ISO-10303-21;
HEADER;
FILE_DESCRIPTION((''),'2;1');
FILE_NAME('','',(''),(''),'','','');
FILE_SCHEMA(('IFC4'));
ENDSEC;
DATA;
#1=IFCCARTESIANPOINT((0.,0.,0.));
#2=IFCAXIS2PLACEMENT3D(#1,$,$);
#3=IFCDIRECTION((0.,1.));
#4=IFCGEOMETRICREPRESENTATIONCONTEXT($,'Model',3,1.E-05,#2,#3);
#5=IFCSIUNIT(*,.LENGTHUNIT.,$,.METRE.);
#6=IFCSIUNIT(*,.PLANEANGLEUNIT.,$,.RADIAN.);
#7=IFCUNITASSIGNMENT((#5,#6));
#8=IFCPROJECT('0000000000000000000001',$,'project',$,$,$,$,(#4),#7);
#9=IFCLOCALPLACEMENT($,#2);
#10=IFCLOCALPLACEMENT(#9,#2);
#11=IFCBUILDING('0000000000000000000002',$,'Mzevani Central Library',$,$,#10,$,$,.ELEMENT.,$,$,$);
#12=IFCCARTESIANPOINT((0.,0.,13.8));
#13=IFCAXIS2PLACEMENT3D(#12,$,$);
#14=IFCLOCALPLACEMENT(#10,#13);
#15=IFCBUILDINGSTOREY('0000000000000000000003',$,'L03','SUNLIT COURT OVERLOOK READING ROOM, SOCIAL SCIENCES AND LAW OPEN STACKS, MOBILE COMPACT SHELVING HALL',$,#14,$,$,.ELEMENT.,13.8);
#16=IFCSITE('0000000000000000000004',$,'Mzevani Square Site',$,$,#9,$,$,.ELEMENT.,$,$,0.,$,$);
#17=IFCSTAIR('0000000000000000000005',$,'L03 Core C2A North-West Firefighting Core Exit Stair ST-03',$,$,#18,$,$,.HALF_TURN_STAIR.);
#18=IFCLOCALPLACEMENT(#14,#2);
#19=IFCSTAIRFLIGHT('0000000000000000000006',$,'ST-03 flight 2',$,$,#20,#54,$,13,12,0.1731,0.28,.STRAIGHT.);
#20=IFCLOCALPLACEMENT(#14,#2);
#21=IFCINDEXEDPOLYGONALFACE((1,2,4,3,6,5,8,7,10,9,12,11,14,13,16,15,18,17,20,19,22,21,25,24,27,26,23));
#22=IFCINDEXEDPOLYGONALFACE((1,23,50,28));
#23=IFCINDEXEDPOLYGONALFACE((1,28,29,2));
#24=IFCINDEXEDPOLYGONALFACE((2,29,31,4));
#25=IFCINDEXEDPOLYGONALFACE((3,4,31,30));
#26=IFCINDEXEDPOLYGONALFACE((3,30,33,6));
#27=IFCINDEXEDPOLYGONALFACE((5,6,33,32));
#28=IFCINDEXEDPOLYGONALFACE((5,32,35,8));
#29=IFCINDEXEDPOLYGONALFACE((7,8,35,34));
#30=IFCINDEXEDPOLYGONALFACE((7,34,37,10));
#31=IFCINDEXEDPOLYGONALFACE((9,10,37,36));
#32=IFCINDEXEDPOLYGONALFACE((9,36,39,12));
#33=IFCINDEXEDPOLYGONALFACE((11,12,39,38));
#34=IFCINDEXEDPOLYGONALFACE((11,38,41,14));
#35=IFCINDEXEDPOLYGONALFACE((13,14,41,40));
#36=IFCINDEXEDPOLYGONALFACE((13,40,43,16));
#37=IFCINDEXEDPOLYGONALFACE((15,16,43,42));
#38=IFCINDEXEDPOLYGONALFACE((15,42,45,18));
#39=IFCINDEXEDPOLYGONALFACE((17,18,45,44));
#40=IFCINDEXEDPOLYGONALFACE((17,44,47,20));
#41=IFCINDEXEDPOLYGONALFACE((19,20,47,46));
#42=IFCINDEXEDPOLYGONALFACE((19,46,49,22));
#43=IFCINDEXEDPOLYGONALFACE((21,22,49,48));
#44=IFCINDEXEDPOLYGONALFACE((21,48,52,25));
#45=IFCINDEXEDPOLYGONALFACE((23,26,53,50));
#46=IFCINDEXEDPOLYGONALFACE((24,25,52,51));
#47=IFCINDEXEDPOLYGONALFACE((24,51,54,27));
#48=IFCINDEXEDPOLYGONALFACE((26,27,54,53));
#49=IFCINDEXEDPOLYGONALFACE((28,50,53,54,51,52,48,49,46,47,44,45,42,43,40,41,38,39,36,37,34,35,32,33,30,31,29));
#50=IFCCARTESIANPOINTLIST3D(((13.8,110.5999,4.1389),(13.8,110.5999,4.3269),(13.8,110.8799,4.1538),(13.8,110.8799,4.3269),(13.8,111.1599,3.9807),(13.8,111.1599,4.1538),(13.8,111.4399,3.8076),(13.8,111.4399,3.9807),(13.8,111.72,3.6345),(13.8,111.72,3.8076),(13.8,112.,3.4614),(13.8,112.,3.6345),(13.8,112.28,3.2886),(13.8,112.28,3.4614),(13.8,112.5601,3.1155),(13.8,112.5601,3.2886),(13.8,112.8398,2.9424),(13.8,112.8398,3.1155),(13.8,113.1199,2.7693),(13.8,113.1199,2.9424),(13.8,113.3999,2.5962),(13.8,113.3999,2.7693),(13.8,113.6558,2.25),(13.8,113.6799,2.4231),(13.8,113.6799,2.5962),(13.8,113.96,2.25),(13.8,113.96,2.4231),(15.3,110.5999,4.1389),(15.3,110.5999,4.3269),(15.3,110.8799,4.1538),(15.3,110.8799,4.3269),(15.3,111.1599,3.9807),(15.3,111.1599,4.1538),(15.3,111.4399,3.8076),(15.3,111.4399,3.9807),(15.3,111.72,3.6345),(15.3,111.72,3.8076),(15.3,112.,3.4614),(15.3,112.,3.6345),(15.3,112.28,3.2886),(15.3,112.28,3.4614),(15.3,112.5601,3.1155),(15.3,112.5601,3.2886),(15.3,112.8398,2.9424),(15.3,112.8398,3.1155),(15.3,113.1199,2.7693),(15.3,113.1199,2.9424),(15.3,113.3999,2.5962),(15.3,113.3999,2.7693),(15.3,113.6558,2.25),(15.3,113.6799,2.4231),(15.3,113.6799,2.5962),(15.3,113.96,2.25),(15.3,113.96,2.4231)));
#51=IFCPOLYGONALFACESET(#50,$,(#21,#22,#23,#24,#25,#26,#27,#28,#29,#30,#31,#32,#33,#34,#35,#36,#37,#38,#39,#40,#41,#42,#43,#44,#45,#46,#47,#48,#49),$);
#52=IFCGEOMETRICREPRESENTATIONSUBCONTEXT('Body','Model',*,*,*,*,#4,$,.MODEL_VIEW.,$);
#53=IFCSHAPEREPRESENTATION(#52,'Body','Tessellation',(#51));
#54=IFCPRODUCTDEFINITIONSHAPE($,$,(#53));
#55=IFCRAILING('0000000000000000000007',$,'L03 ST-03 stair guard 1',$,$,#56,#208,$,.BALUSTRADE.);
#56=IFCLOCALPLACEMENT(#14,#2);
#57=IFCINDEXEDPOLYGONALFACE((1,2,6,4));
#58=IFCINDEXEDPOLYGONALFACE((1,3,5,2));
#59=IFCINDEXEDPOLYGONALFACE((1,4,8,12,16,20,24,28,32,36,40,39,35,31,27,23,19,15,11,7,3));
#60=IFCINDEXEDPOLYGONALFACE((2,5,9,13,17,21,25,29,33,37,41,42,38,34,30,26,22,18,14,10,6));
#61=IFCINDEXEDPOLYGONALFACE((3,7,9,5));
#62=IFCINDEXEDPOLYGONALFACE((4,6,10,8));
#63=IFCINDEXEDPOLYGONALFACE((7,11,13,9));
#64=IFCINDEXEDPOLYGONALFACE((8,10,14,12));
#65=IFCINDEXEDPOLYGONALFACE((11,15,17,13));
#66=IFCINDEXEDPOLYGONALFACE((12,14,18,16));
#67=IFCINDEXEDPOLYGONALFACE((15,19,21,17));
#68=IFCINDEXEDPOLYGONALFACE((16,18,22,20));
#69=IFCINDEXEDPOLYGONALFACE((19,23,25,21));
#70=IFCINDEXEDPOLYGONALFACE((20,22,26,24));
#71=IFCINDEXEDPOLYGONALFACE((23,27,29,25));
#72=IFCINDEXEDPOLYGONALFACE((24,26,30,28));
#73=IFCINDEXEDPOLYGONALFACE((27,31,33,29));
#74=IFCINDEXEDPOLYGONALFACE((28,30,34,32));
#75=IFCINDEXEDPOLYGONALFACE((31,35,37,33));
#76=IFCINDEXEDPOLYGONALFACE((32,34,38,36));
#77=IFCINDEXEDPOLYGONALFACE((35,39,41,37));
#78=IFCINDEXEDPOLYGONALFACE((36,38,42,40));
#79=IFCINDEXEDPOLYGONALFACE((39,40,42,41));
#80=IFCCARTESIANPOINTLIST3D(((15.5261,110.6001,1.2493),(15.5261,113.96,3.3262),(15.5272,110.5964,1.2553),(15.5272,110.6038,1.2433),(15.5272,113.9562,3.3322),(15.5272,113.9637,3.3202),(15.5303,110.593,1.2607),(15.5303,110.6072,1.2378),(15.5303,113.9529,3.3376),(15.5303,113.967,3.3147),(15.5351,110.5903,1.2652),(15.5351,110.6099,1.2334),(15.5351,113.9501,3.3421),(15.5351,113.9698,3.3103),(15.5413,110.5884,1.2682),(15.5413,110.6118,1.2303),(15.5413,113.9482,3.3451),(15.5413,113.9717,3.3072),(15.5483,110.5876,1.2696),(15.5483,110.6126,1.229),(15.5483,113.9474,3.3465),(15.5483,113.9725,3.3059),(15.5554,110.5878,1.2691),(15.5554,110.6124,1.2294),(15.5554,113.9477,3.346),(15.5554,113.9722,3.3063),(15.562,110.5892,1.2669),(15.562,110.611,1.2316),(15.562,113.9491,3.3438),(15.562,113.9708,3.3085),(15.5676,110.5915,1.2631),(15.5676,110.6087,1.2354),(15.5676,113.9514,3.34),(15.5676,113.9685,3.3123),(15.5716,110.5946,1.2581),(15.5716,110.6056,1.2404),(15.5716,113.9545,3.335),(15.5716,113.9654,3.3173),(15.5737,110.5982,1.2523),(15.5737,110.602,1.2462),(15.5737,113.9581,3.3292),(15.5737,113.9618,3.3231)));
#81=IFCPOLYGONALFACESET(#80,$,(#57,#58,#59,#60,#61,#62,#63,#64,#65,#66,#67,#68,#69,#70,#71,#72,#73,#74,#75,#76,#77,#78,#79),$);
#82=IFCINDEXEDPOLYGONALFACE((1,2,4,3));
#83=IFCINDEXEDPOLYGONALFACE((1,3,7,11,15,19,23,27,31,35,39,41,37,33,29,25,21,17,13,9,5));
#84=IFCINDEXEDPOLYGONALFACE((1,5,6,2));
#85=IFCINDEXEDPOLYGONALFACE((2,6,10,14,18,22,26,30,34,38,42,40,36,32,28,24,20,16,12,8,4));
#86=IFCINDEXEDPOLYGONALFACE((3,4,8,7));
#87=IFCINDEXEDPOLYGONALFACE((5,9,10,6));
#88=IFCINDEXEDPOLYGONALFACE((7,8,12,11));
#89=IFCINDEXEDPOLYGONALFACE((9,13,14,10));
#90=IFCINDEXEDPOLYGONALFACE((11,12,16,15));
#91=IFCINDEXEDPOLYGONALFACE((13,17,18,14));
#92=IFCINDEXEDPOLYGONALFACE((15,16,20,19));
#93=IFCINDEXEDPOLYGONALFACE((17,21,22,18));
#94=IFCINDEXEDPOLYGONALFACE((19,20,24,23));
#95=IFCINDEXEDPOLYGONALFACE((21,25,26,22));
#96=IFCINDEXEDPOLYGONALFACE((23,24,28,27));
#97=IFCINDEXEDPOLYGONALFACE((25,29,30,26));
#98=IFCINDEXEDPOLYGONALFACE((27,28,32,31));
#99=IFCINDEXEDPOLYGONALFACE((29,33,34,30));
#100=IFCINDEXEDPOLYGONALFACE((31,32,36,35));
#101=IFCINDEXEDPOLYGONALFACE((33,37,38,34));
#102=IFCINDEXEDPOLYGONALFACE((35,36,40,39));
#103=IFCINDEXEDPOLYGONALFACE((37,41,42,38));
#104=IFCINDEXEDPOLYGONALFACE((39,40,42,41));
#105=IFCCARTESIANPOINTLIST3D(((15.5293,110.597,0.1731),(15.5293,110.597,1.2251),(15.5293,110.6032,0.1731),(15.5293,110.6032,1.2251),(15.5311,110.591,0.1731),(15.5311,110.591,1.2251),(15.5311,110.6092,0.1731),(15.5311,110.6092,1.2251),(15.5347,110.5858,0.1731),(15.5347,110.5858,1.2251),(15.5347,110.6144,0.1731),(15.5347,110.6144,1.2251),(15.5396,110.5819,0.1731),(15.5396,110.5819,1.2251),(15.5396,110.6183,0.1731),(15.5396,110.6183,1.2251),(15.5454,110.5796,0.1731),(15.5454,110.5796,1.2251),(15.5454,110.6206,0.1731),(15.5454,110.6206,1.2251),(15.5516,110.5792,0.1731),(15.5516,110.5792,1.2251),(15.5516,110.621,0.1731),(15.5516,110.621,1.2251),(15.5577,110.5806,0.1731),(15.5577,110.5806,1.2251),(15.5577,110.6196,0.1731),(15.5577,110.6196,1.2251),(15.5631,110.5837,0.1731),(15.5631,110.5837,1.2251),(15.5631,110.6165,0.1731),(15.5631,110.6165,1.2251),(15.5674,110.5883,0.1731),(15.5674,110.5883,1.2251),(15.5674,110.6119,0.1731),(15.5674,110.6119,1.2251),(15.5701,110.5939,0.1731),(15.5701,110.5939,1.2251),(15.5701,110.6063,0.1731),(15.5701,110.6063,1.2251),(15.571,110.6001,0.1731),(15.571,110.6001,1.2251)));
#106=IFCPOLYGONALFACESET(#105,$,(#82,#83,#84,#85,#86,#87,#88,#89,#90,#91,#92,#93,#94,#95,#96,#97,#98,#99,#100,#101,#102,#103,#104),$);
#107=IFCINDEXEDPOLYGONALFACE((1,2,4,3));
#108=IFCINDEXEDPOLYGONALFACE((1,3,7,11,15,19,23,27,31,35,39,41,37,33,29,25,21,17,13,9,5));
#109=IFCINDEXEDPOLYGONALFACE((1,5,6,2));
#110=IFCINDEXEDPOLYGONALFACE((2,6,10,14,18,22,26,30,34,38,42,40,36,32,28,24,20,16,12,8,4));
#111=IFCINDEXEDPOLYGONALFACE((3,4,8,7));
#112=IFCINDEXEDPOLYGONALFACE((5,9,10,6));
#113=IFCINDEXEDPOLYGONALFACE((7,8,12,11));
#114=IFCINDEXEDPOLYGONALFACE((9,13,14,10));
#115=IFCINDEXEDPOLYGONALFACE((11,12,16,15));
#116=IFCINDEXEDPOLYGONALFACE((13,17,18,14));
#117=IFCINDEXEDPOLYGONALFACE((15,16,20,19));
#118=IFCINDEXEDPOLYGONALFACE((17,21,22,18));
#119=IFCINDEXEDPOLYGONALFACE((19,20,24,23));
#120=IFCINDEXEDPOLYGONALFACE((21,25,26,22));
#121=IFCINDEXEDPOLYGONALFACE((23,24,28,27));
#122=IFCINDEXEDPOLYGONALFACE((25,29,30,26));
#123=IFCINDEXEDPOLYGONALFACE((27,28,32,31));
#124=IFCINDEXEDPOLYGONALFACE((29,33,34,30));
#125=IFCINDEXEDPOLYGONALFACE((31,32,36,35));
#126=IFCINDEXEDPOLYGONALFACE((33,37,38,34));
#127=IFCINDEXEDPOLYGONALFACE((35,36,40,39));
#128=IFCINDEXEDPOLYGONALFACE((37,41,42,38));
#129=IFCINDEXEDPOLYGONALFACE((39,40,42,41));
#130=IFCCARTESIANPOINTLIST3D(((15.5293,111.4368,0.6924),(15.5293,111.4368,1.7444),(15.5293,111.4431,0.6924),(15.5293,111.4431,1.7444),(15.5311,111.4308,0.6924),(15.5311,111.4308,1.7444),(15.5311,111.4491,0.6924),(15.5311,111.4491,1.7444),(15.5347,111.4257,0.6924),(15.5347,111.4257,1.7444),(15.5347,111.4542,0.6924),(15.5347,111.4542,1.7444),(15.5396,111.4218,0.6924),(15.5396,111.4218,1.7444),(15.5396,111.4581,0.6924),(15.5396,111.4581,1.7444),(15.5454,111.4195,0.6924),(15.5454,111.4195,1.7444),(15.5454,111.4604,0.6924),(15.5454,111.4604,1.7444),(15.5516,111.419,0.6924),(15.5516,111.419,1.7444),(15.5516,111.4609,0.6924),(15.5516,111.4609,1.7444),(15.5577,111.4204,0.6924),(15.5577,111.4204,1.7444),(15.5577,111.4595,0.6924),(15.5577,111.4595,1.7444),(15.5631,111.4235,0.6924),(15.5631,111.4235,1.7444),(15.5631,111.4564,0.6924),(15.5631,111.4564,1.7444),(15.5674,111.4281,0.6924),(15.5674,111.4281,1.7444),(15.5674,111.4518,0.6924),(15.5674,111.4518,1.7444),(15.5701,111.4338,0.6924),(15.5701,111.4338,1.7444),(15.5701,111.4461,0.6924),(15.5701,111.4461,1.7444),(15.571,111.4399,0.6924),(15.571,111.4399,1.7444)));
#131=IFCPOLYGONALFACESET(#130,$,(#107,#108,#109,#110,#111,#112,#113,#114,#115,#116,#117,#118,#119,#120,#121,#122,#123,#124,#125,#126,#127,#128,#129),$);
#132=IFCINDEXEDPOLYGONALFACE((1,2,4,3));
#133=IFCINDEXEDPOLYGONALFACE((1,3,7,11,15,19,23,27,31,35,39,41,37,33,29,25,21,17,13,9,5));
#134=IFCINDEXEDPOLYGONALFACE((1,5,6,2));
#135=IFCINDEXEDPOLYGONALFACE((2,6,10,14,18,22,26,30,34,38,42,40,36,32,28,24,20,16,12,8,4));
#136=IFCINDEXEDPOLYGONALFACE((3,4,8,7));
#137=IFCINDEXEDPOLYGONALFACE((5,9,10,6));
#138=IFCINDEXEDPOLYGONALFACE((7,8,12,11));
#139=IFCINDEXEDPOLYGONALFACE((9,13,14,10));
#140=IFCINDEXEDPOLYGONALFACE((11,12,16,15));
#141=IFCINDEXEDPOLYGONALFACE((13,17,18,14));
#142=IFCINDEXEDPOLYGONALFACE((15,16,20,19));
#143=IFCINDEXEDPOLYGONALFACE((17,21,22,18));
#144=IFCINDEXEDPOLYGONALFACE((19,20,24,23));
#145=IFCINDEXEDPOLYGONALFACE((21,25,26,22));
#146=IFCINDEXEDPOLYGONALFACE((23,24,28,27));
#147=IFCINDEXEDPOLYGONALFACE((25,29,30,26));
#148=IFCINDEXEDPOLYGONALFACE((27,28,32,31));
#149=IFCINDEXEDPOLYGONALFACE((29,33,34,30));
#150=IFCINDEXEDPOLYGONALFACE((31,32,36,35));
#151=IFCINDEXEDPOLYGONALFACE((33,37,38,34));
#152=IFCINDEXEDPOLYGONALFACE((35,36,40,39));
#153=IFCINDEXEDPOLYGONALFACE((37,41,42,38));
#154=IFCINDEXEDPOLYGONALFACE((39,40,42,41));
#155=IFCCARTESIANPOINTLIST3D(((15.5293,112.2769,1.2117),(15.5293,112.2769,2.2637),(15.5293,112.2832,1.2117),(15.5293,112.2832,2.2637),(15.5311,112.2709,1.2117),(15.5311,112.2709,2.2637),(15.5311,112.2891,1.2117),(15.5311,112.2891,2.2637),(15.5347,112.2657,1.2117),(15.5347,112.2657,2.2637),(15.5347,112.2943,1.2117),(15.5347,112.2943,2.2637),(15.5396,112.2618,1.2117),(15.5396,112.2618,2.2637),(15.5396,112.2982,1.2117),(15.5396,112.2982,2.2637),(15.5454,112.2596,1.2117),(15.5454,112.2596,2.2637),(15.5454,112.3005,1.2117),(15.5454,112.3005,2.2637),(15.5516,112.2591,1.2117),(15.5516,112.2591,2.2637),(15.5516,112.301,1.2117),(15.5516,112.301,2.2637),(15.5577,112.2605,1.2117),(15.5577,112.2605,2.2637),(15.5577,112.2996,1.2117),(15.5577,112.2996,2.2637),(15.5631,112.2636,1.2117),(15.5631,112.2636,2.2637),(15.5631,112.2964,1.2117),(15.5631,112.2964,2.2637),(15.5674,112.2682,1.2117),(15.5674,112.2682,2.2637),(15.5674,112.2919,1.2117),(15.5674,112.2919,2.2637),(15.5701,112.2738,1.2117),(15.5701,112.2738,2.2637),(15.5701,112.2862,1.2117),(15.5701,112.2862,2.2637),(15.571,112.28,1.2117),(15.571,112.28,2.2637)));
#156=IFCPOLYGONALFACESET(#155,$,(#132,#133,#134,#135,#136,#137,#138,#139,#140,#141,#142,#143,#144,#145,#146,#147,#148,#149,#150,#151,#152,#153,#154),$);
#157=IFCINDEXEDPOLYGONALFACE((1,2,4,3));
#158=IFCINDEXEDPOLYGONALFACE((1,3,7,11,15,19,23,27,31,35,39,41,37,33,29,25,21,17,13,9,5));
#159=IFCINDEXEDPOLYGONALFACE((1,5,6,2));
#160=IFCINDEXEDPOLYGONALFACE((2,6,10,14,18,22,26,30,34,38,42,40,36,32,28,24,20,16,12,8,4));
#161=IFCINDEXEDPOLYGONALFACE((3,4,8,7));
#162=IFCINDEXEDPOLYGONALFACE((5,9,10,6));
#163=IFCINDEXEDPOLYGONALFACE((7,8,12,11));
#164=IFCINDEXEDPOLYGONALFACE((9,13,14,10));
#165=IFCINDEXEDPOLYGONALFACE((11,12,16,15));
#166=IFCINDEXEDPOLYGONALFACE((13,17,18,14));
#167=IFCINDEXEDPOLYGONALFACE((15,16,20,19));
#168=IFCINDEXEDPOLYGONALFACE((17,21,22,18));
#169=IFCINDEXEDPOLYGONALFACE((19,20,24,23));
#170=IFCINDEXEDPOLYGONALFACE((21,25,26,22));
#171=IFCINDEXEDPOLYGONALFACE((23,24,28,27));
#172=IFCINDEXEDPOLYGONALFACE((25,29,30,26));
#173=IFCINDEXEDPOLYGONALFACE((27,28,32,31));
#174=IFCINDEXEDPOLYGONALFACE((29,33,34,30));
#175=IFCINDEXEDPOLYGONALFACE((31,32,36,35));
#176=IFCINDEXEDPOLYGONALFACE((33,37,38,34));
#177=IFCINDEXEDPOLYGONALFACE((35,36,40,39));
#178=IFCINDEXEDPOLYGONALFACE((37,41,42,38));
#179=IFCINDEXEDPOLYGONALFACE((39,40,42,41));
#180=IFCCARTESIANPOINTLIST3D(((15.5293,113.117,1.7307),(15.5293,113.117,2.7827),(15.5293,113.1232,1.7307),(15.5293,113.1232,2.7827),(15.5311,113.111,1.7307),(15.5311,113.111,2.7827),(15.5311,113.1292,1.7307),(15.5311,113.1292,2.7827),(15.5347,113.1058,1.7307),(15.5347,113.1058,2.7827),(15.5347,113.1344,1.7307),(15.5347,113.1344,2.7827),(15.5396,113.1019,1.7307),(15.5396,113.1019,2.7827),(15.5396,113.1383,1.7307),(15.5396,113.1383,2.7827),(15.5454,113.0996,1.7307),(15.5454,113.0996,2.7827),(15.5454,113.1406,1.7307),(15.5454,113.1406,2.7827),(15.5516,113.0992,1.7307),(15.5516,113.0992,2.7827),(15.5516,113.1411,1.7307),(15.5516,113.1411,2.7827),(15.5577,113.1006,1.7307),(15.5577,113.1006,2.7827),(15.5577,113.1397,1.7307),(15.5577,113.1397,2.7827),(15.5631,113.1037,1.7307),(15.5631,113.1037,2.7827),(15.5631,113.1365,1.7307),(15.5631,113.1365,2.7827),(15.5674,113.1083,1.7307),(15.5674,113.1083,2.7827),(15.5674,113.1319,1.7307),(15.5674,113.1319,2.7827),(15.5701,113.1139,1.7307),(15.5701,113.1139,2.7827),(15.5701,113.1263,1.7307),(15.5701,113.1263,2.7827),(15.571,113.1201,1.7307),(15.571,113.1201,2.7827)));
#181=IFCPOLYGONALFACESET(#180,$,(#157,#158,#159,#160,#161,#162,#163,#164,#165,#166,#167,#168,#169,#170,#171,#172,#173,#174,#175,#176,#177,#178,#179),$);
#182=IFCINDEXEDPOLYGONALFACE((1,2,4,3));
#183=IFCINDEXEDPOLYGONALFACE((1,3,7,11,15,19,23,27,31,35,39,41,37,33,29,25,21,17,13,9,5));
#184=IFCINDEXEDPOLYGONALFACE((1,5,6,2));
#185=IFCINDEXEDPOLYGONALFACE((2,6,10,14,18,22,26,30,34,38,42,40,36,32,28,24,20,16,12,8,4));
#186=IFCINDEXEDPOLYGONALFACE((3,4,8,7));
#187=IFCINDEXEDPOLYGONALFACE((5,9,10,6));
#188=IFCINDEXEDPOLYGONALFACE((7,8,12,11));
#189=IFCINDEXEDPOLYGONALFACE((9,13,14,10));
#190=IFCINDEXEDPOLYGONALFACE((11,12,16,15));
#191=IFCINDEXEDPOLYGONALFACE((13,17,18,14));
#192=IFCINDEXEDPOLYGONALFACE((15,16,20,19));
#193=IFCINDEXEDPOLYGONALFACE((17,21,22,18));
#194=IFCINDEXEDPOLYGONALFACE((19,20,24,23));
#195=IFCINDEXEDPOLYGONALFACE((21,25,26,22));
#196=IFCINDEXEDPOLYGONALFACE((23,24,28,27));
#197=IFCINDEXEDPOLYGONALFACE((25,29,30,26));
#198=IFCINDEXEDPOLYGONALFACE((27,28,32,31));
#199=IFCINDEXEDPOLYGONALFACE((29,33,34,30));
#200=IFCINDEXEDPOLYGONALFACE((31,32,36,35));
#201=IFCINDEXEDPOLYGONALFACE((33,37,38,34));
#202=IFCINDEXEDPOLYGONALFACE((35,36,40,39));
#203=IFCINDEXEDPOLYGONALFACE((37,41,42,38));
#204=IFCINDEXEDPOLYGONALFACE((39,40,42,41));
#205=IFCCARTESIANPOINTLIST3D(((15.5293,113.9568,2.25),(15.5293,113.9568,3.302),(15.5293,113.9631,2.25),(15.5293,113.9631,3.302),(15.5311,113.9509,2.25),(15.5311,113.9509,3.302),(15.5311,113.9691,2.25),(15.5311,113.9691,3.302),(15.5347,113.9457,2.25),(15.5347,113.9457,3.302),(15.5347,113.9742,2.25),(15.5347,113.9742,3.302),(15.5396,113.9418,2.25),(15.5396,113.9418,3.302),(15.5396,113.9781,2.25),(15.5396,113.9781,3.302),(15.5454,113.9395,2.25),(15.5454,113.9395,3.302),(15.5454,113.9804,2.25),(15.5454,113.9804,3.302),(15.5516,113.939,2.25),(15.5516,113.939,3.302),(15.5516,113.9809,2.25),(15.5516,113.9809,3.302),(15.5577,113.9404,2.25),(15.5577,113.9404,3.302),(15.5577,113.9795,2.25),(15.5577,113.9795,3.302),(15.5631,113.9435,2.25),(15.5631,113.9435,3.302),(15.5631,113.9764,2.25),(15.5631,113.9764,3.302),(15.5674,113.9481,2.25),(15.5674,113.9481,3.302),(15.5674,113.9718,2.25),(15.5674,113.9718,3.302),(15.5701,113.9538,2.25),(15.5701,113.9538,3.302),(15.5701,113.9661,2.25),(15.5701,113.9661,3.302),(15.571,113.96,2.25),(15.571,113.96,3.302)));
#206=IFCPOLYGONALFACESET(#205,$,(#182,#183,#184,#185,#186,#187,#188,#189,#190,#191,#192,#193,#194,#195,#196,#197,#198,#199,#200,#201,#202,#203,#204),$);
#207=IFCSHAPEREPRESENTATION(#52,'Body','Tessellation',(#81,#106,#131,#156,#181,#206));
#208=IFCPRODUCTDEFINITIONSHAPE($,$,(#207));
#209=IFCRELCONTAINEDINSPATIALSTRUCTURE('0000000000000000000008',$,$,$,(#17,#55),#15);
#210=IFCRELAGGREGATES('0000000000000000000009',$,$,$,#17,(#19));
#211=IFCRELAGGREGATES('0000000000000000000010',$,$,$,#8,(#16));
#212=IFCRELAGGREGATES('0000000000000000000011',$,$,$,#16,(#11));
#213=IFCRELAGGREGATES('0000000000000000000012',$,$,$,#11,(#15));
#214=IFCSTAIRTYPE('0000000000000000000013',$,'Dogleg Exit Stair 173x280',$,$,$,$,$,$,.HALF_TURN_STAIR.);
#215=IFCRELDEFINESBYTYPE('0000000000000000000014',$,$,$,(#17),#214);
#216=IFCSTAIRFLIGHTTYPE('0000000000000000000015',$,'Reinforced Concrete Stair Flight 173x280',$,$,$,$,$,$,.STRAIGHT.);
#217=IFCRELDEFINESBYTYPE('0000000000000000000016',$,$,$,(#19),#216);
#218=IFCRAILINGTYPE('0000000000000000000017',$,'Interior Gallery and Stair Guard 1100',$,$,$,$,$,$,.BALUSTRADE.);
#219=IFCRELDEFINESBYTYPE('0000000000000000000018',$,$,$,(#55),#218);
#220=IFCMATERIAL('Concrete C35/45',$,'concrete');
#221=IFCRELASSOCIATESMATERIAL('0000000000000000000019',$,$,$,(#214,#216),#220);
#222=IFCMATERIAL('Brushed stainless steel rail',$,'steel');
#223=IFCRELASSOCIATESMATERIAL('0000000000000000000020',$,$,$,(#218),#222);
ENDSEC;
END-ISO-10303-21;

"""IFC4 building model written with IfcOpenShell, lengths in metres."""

from ifc_helpers import new_model, si_unit, direction, frame, origin, origin_2d, place, context, subcontext, project, spatial, polyline, circle, outline, extrude, material, type_object, element, aggregate, save


model = new_model("IFC4")

# Units and contexts
model_context = context("Model", 3, precision=1e-05, world=origin(), true_north=direction((0.0, 1.0)))
body_context = subcontext(model_context, "Body", "Model", "MODEL_VIEW")
ifc_project = project(units=[si_unit("LENGTHUNIT", "METRE"), si_unit("PLANEANGLEUNIT", "RADIAN")], contexts=[model_context])

# Site, building, storey
site_placement = place(None, origin())
site = spatial("IfcSite", under=ifc_project, at=site_placement, Name="Mzevani Square Site", CompositionType="ELEMENT", RefElevation=0.0)
building_placement = place(site_placement, origin())
building = spatial("IfcBuilding", under=site, at=building_placement, Name="Mzevani Central Library", CompositionType="ELEMENT")
storey_placement = place(building_placement, frame((0.0, 0.0, 13.8)))
storey = spatial("IfcBuildingStorey", under=building, at=storey_placement, Name="L03", Description="SUNLIT COURT OVERLOOK READING ROOM, SOCIAL SCIENCES AND LAW OPEN STACKS, MOBILE COMPACT SHELVING HALL", CompositionType="ELEMENT", Elevation=13.8)

# Shared definitions
ifc_material_1 = material(Name="Concrete C35/45", Category="concrete")

# Stair, stair flight
stair_type = type_object("IfcStairType", Name="Dogleg Exit Stair 173x280", PredefinedType="HALF_TURN_STAIR", material=ifc_material_1)
stair_placement = place(storey_placement, origin())
stair = element("IfcStair", 1, at=stair_placement, inside=storey, type_object=stair_type, Name="L03 Core C2A North-West Firefighting Core Exit Stair ST-03", PredefinedType="HALF_TURN_STAIR")
stair_flight_type = type_object("IfcStairFlightType", Name="Reinforced Concrete Stair Flight 173x280", PredefinedType="STRAIGHT", material=ifc_material_1)
stair_flight_1_placement = place(storey_placement, frame((14.55, 113.96, 2.25), z_axis=(0.0, 0.0, 1.0), x_axis=(0.0, -1.0, 0.0)))
stair_flight_1 = element("IfcStairFlight", 2, at=stair_flight_1_placement, type_object=stair_flight_type, Name="ST-03 flight 2", NumberOfRisers=13, NumberOfTreads=12, PredefinedType="STRAIGHT", RiserHeight=0.1731, TreadLength=0.28, context=body_context, shape_type="SweptSolid", body=[
    extrude(outline(polyline([(0.0, 0.0), (0.0, 0.1731), (0.28, 0.1731), (0.28, 0.3462), (0.5601, 0.3462), (0.5601, 0.5193), (0.8401, 0.5193), (0.8401, 0.6924), (1.1201, 0.6924), (1.1201, 0.8655), (1.3999, 0.8655), (1.3999, 1.0386), (1.6799, 1.0386), (1.6799, 1.2114), (1.96, 1.2114), (1.96, 1.3845), (2.24, 1.3845), (2.24, 1.5576), (2.52, 1.5576), (2.52, 1.7307), (2.8, 1.7307), (2.8, 1.9038), (3.0801, 1.9038), (3.0801, 2.0769), (3.3601, 2.0769), (3.3601, 2.25), (3.3601, 1.8889), (0.3042, 0.0), (0.0, 0.0)])), frame((0.0, 0.75, 0.0), z_axis=(0.0, -1.0, 0.0), x_axis=(1.0, 0.0, 0.0)), (0.0, 0.0, 1.0), 1.5),
])
aggregate(stair, [stair_flight_1])

# Railing
ifc_material_2 = material(Name="Brushed stainless steel rail", Category="steel")
railing_type_1 = type_object("IfcRailingType", Name="Interior Gallery and Stair Guard 1100", PredefinedType="BALUSTRADE", material=ifc_material_2)
railing_1_placement = place(storey_placement, frame((15.55, 110.6001, 0.1731)))
element("IfcRailing", 3, at=railing_1_placement, inside=storey, type_object=railing_type_1, Name="L03 ST-03 stair guard 1", PredefinedType="BALUSTRADE", context=body_context, shape_type="SweptSolid", body=[
    extrude(circle(Radius=0.0239, at=origin_2d()), frame((0.0, 0.0, 1.0762), z_axis=(0.0, 0.850606, 0.525803), x_axis=(-1.0, 0.0, 0.0)), (0.0, 0.0, 1.0), 3.95),
    extrude(circle(Radius=0.021, at=origin_2d()), origin(), (0.0, 0.0, 1.0), 1.052),
    extrude(circle(Radius=0.021, at=origin_2d()), frame((0.0, 0.8398, 0.5193)), (0.0, 0.0, 1.0), 1.052),
    extrude(circle(Radius=0.021, at=origin_2d()), frame((0.0, 1.6799, 1.0386)), (0.0, 0.0, 1.0), 1.052),
    extrude(circle(Radius=0.021, at=origin_2d()), frame((0.0, 2.52, 1.5576)), (0.0, 0.0, 1.0), 1.052),
    extrude(circle(Radius=0.021, at=origin_2d()), frame((0.0, 3.3599, 2.0769)), (0.0, 0.0, 1.0), 1.052),
])

save(model, "model.ifc")
